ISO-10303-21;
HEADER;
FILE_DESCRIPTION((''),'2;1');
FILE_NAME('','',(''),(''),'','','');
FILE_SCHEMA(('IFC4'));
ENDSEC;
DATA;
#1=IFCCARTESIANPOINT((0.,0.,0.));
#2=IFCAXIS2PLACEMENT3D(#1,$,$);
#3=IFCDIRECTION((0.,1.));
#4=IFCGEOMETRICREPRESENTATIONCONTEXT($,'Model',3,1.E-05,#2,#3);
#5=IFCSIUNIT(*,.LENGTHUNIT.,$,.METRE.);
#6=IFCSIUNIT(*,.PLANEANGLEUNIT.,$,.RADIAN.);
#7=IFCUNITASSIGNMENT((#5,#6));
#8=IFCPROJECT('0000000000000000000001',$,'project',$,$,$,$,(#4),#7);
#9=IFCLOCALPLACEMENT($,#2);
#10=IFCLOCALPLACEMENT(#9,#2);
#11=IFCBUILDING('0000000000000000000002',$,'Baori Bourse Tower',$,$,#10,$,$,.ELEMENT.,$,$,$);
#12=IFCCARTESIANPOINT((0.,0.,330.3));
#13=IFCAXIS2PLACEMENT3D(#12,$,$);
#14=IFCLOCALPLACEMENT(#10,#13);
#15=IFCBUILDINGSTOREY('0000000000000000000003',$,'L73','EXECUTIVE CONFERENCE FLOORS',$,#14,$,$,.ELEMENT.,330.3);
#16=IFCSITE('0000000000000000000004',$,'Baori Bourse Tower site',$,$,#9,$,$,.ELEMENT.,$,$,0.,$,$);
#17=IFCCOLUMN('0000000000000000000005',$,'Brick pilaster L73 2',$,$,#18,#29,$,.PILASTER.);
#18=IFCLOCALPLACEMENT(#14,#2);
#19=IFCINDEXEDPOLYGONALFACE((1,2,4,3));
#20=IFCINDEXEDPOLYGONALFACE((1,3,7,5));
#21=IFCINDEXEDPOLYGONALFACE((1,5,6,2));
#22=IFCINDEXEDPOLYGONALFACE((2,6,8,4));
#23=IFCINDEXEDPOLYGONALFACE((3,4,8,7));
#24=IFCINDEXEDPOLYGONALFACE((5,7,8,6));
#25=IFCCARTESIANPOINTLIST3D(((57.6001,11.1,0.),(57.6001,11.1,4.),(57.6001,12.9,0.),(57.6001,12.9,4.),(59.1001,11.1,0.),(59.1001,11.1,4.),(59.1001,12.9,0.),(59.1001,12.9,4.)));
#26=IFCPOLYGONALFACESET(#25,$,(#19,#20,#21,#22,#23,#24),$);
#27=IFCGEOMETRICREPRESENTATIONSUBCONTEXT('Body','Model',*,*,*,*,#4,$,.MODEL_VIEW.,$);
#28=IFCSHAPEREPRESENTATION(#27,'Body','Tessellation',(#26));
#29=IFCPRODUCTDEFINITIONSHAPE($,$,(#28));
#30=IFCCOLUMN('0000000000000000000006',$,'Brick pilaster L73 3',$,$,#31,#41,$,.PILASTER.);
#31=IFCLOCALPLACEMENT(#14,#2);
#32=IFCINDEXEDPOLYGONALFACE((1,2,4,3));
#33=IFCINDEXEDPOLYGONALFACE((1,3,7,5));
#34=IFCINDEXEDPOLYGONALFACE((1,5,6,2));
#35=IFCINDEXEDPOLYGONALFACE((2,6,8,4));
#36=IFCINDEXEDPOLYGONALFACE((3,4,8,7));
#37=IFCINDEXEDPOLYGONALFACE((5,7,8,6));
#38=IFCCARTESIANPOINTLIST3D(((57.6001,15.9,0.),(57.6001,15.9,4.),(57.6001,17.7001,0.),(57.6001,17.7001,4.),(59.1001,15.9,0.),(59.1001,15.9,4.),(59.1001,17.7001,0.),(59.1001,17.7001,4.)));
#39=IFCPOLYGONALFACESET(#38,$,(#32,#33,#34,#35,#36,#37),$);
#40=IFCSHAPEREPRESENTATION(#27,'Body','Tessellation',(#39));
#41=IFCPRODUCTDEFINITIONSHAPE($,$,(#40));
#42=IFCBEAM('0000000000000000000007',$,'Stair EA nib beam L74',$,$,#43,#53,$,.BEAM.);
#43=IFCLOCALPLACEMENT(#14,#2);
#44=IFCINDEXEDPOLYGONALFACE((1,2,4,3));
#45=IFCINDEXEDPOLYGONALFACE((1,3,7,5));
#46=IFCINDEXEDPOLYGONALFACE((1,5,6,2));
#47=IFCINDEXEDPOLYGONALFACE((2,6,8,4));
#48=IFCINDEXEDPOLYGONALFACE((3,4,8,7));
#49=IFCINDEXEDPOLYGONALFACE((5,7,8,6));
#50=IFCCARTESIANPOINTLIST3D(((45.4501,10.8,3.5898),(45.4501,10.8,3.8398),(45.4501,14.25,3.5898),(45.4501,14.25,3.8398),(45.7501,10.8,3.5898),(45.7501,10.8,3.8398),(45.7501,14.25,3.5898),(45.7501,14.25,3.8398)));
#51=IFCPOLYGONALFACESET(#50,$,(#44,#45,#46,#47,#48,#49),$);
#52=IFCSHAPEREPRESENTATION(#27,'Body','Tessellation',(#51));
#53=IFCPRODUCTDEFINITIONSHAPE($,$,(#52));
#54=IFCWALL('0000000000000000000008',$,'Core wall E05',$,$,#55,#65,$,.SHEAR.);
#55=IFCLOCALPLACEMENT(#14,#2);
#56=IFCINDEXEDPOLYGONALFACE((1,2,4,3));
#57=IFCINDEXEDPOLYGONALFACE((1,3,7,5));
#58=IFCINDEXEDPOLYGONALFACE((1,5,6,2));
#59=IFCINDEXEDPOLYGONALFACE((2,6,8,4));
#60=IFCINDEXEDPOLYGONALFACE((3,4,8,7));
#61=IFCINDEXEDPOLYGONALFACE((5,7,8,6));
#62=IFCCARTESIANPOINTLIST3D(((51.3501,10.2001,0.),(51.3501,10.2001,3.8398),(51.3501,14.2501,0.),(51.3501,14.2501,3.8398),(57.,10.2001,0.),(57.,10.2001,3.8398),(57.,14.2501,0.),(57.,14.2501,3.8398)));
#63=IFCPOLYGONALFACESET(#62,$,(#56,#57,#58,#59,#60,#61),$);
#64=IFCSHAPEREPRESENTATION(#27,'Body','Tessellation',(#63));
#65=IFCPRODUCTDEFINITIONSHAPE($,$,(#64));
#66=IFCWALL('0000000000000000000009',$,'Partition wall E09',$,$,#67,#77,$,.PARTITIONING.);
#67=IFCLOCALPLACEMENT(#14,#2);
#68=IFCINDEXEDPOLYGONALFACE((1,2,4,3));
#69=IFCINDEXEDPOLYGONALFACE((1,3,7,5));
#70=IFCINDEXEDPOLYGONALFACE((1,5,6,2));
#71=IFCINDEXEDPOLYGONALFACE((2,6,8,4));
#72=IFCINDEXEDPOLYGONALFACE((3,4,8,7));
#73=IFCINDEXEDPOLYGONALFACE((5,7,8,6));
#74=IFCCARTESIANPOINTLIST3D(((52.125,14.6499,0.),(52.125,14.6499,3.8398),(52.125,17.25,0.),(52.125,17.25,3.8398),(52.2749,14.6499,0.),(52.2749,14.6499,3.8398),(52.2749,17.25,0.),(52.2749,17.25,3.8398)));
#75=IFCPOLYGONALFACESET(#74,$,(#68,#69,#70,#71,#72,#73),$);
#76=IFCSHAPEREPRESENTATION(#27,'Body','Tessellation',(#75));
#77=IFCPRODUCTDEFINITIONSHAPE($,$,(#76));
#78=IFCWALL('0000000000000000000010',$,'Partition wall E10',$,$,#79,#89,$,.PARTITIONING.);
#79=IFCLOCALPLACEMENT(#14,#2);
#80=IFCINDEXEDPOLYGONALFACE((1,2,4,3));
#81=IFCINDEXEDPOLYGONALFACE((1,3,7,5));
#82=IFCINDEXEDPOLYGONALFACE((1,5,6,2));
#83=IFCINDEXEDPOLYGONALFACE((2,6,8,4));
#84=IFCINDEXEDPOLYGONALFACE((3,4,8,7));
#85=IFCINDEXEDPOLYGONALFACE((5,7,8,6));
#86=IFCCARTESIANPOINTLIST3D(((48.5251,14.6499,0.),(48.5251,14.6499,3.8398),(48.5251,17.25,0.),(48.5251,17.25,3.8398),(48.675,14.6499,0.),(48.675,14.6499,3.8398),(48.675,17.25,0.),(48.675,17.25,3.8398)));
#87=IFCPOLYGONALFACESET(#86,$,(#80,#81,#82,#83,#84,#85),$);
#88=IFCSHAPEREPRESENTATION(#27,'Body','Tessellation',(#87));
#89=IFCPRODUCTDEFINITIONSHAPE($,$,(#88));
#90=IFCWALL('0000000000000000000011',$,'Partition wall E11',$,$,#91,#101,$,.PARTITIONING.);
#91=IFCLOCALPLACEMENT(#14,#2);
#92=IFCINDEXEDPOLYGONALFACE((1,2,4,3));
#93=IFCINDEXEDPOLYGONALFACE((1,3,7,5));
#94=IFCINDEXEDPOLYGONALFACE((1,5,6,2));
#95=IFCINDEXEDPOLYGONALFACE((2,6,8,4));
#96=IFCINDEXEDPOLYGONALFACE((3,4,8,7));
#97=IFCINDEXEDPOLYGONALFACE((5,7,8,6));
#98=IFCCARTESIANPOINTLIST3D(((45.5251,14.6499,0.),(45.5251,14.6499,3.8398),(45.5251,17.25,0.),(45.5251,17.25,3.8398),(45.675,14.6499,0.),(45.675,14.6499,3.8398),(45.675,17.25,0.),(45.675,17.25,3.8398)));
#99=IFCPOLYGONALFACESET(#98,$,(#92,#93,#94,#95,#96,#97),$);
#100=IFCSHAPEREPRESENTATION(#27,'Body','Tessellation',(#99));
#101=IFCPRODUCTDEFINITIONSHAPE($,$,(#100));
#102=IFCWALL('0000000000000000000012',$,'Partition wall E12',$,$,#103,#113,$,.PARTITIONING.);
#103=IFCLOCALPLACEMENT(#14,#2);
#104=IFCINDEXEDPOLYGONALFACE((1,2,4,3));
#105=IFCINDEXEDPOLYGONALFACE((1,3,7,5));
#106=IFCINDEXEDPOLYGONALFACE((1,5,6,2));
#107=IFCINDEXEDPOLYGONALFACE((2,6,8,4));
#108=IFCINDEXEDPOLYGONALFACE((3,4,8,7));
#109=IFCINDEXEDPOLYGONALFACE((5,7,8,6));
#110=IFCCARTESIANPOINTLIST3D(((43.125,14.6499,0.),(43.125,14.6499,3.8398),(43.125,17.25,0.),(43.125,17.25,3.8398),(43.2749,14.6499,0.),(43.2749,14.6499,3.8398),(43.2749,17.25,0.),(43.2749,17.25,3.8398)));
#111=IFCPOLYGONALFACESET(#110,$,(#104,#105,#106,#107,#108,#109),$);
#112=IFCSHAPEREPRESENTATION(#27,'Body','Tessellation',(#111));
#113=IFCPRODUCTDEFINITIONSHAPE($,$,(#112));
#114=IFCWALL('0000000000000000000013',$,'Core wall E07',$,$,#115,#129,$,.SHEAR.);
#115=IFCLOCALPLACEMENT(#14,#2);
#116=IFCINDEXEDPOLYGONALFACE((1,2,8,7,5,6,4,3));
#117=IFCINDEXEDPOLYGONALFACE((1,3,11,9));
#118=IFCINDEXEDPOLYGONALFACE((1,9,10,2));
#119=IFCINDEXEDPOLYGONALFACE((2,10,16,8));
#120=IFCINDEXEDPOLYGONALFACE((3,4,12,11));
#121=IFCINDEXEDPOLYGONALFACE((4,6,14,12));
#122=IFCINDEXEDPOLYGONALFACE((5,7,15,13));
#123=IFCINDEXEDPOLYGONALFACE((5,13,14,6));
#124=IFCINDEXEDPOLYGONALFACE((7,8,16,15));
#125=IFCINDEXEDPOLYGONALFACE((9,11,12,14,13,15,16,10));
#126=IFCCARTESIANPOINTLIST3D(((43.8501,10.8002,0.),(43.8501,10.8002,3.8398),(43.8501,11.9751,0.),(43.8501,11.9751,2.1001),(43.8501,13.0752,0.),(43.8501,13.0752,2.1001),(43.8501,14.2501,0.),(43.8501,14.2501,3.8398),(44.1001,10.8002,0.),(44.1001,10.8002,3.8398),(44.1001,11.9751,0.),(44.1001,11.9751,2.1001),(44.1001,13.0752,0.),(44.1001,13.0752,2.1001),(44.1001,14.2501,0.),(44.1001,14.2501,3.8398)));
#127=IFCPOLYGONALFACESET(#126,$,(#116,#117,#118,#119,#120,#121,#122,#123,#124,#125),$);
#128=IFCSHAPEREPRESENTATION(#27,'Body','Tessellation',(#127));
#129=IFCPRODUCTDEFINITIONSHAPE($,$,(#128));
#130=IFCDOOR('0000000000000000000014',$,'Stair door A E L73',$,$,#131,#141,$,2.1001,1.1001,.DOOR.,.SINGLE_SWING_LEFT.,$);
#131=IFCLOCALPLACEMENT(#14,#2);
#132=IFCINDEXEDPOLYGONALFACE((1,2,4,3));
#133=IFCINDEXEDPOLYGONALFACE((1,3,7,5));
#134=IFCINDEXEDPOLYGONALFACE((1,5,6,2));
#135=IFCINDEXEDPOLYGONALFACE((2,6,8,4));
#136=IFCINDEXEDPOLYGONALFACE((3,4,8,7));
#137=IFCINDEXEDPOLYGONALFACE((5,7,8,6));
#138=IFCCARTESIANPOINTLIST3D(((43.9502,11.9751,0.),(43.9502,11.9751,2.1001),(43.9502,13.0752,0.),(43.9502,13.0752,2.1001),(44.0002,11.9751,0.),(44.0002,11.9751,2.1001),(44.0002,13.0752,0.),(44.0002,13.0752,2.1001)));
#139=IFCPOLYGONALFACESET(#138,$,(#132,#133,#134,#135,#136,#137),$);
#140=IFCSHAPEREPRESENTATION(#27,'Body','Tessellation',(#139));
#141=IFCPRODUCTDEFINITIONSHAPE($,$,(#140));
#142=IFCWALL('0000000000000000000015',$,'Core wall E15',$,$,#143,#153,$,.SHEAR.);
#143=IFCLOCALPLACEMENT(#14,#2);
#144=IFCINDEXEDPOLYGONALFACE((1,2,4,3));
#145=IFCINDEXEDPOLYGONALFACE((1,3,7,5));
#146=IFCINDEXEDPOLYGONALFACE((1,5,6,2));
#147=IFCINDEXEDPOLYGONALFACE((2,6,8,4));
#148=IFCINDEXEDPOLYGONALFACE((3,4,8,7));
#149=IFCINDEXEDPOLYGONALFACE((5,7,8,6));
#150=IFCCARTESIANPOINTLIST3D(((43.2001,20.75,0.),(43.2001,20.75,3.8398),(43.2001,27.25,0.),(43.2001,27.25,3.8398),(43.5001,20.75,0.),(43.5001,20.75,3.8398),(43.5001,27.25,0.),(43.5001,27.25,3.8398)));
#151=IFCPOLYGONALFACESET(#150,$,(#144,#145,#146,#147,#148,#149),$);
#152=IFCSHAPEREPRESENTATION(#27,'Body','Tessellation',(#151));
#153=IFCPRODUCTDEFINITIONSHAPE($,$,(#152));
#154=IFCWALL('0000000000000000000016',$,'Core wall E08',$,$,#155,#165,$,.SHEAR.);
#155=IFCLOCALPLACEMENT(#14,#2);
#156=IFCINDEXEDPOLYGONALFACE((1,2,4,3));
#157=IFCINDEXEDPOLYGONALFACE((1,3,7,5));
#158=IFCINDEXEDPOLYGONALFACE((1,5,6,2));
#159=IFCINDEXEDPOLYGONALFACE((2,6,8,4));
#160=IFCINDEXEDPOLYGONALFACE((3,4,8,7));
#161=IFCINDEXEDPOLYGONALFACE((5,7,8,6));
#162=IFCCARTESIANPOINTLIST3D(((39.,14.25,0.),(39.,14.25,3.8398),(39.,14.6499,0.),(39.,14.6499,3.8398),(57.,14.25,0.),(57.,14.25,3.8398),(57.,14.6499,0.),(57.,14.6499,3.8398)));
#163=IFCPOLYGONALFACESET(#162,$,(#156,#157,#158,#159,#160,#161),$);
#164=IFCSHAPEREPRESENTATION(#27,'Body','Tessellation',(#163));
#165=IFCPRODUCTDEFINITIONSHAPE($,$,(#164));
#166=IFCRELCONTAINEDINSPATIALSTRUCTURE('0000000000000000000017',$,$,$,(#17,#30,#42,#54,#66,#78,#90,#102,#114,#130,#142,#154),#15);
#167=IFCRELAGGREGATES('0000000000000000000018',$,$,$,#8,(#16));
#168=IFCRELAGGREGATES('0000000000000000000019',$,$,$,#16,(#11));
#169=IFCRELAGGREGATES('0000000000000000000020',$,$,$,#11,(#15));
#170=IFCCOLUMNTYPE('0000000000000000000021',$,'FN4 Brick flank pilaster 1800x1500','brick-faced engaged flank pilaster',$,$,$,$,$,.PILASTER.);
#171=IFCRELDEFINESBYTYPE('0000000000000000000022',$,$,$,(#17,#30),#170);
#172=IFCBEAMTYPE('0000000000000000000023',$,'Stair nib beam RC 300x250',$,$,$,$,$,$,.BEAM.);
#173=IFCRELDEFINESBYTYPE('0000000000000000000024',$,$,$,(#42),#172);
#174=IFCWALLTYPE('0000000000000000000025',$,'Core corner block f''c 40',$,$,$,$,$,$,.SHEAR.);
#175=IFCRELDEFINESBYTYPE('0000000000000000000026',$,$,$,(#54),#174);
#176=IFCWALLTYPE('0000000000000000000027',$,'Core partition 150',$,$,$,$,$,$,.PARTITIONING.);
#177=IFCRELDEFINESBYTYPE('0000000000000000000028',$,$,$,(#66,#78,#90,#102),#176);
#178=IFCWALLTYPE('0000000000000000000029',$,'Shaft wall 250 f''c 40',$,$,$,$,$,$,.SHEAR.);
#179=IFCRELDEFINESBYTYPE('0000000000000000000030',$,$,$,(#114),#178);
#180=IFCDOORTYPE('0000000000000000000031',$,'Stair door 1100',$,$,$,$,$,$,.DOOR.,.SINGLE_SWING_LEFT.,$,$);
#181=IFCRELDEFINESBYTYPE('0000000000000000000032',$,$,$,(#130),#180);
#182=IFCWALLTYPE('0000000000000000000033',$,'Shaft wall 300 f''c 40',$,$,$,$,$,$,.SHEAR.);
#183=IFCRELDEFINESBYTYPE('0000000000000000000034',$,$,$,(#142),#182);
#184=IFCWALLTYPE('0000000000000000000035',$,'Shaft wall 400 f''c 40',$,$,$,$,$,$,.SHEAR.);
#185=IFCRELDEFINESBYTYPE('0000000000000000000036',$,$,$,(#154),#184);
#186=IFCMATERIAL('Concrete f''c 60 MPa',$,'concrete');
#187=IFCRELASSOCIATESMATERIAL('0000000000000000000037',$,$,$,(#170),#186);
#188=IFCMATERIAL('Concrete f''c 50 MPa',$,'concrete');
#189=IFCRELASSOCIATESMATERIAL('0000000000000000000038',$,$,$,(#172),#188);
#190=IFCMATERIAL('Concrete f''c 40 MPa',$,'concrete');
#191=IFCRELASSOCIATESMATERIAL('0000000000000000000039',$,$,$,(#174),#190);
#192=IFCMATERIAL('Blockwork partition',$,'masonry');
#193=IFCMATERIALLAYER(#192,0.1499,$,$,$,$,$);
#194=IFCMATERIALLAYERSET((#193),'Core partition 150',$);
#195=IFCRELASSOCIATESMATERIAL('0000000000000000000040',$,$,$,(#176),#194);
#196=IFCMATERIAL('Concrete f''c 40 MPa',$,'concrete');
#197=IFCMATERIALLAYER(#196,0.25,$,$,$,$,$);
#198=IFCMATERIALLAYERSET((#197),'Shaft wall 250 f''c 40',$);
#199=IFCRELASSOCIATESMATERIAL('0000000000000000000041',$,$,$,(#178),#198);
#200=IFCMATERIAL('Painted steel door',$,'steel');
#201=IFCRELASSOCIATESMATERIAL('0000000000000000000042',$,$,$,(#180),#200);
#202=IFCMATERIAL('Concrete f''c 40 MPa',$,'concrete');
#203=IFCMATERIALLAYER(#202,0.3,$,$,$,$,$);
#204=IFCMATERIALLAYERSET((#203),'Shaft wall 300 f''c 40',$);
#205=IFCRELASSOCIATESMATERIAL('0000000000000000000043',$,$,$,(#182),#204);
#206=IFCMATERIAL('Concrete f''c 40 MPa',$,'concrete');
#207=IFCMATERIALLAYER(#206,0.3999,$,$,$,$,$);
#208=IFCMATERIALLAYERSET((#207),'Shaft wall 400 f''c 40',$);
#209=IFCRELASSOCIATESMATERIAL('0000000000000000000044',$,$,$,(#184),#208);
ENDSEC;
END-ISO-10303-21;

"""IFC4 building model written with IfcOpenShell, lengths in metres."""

from ifc_helpers import new_model, si_unit, direction, frame, frame_2d, origin, origin_2d, place, context, subcontext, project, spatial, rectangle, extrude, material, layer, layer_set, material_profile, profile_set, type_object, element, fill, save


model = new_model("IFC4")

# Units and contexts
model_context = context("Model", 3, precision=1e-05, world=origin(), true_north=direction((0.0, 1.0)))
body_context = subcontext(model_context, "Body", "Model", "MODEL_VIEW")
ifc_project = project(units=[si_unit("LENGTHUNIT", "METRE"), si_unit("PLANEANGLEUNIT", "RADIAN")], contexts=[model_context])

# Site, building, storey
site_placement = place(None, origin())
site = spatial("IfcSite", under=ifc_project, at=site_placement, Name="Baori Bourse Tower site", CompositionType="ELEMENT", RefElevation=0.0)
building_placement = place(site_placement, origin())
building = spatial("IfcBuilding", under=site, at=building_placement, Name="Baori Bourse Tower", CompositionType="ELEMENT")
storey_placement = place(building_placement, frame((0.0, 0.0, 330.3)))
storey = spatial("IfcBuildingStorey", under=building, at=storey_placement, Name="L73", Description="EXECUTIVE CONFERENCE FLOORS", CompositionType="ELEMENT", Elevation=330.3)

# Columns
ifc_material_1 = material(Name="Concrete f'c 60 MPa", Category="concrete")
ifc_material_profile_1 = material_profile(ifc_material_1, rectangle(XDim=1.8, YDim=1.5, at=origin_2d()), Name="RC 1800x1500")
ifc_profile_set_1 = profile_set([ifc_material_profile_1], Name="Concrete f'c 60 MPa")
column_type = type_object("IfcColumnType", Name="FN4 Brick flank pilaster 1800x1500", Description="brick-faced engaged flank pilaster", PredefinedType="PILASTER", material=ifc_profile_set_1)
for number, where, z_axis, x_axis, name in (
    (1, (58.3501, 12.0, 0.0), (0.0, 0.0, 1.0), (0.0, 1.0, 0.0), "Brick pilaster L73 2"),
    (2, (58.3501, 16.8, 0.0), (0.0, 0.0, 1.0), (0.0, 1.0, 0.0), "Brick pilaster L73 3"),
):
    element("IfcColumn", number, at=place(storey_placement, frame(where, z_axis=z_axis, x_axis=x_axis)), inside=storey, type_object=column_type, Name=name, PredefinedType="PILASTER", context=body_context, shape_type="SweptSolid", body=[
        extrude(rectangle(XDim=1.8, YDim=1.5, at=origin_2d()), origin(), (0.0, 0.0, 1.0), 4.0),
    ])

# Beam
ifc_material_2 = material(Name="Concrete f'c 50 MPa", Category="concrete")
ifc_material_profile_2 = material_profile(ifc_material_2, rectangle(XDim=0.3, YDim=0.25, at=origin_2d()), Name="RC 300x250")
ifc_profile_set_2 = profile_set([ifc_material_profile_2], Name="Concrete f'c 50 MPa")
beam_type = type_object("IfcBeamType", Name="Stair nib beam RC 300x250", PredefinedType="BEAM", material=ifc_profile_set_2)
beam_placement = place(storey_placement, frame((45.6001, 10.8, 3.7148), z_axis=(0.0, 1.0, 0.0), x_axis=(-1.0, 0.0, 0.0)))
element("IfcBeam", 3, at=beam_placement, inside=storey, type_object=beam_type, Name="Stair EA nib beam L74", PredefinedType="BEAM", context=body_context, shape_type="SweptSolid", body=[
    extrude(rectangle(XDim=0.3, YDim=0.25, at=origin_2d()), origin(), (0.0, 0.0, 1.0), 3.45),
])

# Walls
ifc_material_3 = material(Name="Concrete f'c 40 MPa", Category="concrete")
wall_type_1 = type_object("IfcWallType", Name="Core corner block f'c 40", PredefinedType="SHEAR", material=ifc_material_3)
wall_1_placement = place(storey_placement, frame((51.3501, 12.2251, 0.0), z_axis=(0.0, 0.0, 1.0), x_axis=(1.0, 0.0, 0.0)))
element("IfcWall", 4, at=wall_1_placement, inside=storey, type_object=wall_type_1, Name="Core wall E05", PredefinedType="SHEAR", context=body_context, shape_type="SweptSolid", body=[
    extrude(rectangle(XDim=5.6499, YDim=4.05, at=frame_2d((2.825, 0.0))), origin(), (0.0, 0.0, 1.0), 3.8398),
])
ifc_material_4 = material(Name="Blockwork partition", Category="masonry")
ifc_layer_1 = layer(ifc_material_4, 0.1499)
ifc_layer_set_1 = layer_set([ifc_layer_1], Name="Core partition 150")
wall_type_2 = type_object("IfcWallType", Name="Core partition 150", PredefinedType="PARTITIONING", material=ifc_layer_set_1)
for number, where, z_axis, x_axis, name in (
    (5, (52.2, 14.6499, 0.0), (0.0, 0.0, 1.0), (0.0, 1.0, 0.0), "Partition wall E09"),
    (6, (48.6001, 14.6499, 0.0), (0.0, 0.0, 1.0), (0.0, 1.0, 0.0), "Partition wall E10"),
    (7, (45.6001, 14.6499, 0.0), (0.0, 0.0, 1.0), (0.0, 1.0, 0.0), "Partition wall E11"),
    (8, (43.2, 14.6499, 0.0), (0.0, 0.0, 1.0), (0.0, 1.0, 0.0), "Partition wall E12"),
):
    element("IfcWall", number, at=place(storey_placement, frame(where, z_axis=z_axis, x_axis=x_axis)), inside=storey, type_object=wall_type_2, Name=name, PredefinedType="PARTITIONING", context=body_context, shape_type="SweptSolid", body=[
        extrude(rectangle(XDim=2.6001, YDim=0.1499, at=frame_2d((1.3, 0.0))), origin(), (0.0, 0.0, 1.0), 3.8398),
    ])

# Wall, opening, door
ifc_material_5 = material(Name="Concrete f'c 40 MPa", Category="concrete")
ifc_layer_2 = layer(ifc_material_5, 0.25)
ifc_layer_set_2 = layer_set([ifc_layer_2], Name="Shaft wall 250 f'c 40")
wall_type_3 = type_object("IfcWallType", Name="Shaft wall 250 f'c 40", PredefinedType="SHEAR", material=ifc_layer_set_2)
wall_2_placement = place(storey_placement, frame((43.9751, 10.8, 0.0), z_axis=(0.0, 0.0, 1.0), x_axis=(0.0, 1.0, 0.0)))
wall_2 = element("IfcWall", 9, at=wall_2_placement, inside=storey, type_object=wall_type_3, Name="Core wall E07", PredefinedType="SHEAR", context=body_context, shape_type="SweptSolid", body=[
    extrude(rectangle(XDim=3.45, YDim=0.25, at=frame_2d((1.7251, 0.0))), origin(), (0.0, 0.0, 1.0), 3.8398),
])
opening_1_placement = place(wall_2_placement, frame((1.175, 0.0, 0.0)))
opening_1 = element("IfcOpeningElement", 10, at=opening_1_placement, cuts=wall_2, PredefinedType="OPENING", context=body_context, shape_type="SweptSolid", body=[
    extrude(rectangle(XDim=1.1001, YDim=2.1001, at=frame_2d((0.55, 1.05))), frame((0.0, 0.135, 0.0), z_axis=(0.0, -1.0, 0.0), x_axis=(1.0, 0.0, 0.0)), (0.0, 0.0, 1.0), 0.27),
])
ifc_material_6 = material(Name="Painted steel door", Category="steel")
door_type_1 = type_object("IfcDoorType", Name="Stair door 1100", OperationType="SINGLE_SWING_LEFT", PredefinedType="DOOR", material=ifc_material_6)
door_1_placement = place(opening_1_placement, origin())
door_1 = element("IfcDoor", 11, at=door_1_placement, inside=storey, type_object=door_type_1, Name="Stair door A E L73", OperationType="SINGLE_SWING_LEFT", OverallHeight=2.1001, OverallWidth=1.1001, PredefinedType="DOOR", context=body_context, shape_type="SweptSolid", body=[
    extrude(rectangle(XDim=1.1001, YDim=2.1001, at=frame_2d((0.55, 1.05))), frame((0.0, 0.0249, 0.0), z_axis=(0.0, -1.0, 0.0), x_axis=(1.0, 0.0, 0.0)), (0.0, 0.0, 1.0), 0.05),
])
fill(opening_1, door_1)

# Walls
ifc_material_7 = material(Name="Concrete f'c 40 MPa", Category="concrete")
ifc_layer_3 = layer(ifc_material_7, 0.3)
ifc_layer_set_3 = layer_set([ifc_layer_3], Name="Shaft wall 300 f'c 40")
wall_type_4 = type_object("IfcWallType", Name="Shaft wall 300 f'c 40", PredefinedType="SHEAR", material=ifc_layer_set_3)
wall_3_placement = place(storey_placement, frame((43.3501, 20.75, 0.0), z_axis=(0.0, 0.0, 1.0), x_axis=(0.0, 1.0, 0.0)))
element("IfcWall", 12, at=wall_3_placement, inside=storey, type_object=wall_type_4, Name="Core wall E15", PredefinedType="SHEAR", context=body_context, shape_type="SweptSolid", body=[
    extrude(rectangle(XDim=6.5, YDim=0.3, at=frame_2d((3.25, 0.0))), origin(), (0.0, 0.0, 1.0), 3.8398),
])
ifc_material_8 = material(Name="Concrete f'c 40 MPa", Category="concrete")
ifc_layer_4 = layer(ifc_material_8, 0.3999)
ifc_layer_set_4 = layer_set([ifc_layer_4], Name="Shaft wall 400 f'c 40")
wall_type_5 = type_object("IfcWallType", Name="Shaft wall 400 f'c 40", PredefinedType="SHEAR", material=ifc_layer_set_4)
wall_4_placement = place(storey_placement, frame((39.0, 14.45, 0.0), z_axis=(0.0, 0.0, 1.0), x_axis=(1.0, 0.0, 0.0)))
element("IfcWall", 13, at=wall_4_placement, inside=storey, type_object=wall_type_5, Name="Core wall E08", PredefinedType="SHEAR", context=body_context, shape_type="SweptSolid", body=[
    extrude(rectangle(XDim=18.0, YDim=0.3999, at=frame_2d((9.0, 0.0))), origin(), (0.0, 0.0, 1.0), 3.8398),
])

save(model, "model.ifc")
